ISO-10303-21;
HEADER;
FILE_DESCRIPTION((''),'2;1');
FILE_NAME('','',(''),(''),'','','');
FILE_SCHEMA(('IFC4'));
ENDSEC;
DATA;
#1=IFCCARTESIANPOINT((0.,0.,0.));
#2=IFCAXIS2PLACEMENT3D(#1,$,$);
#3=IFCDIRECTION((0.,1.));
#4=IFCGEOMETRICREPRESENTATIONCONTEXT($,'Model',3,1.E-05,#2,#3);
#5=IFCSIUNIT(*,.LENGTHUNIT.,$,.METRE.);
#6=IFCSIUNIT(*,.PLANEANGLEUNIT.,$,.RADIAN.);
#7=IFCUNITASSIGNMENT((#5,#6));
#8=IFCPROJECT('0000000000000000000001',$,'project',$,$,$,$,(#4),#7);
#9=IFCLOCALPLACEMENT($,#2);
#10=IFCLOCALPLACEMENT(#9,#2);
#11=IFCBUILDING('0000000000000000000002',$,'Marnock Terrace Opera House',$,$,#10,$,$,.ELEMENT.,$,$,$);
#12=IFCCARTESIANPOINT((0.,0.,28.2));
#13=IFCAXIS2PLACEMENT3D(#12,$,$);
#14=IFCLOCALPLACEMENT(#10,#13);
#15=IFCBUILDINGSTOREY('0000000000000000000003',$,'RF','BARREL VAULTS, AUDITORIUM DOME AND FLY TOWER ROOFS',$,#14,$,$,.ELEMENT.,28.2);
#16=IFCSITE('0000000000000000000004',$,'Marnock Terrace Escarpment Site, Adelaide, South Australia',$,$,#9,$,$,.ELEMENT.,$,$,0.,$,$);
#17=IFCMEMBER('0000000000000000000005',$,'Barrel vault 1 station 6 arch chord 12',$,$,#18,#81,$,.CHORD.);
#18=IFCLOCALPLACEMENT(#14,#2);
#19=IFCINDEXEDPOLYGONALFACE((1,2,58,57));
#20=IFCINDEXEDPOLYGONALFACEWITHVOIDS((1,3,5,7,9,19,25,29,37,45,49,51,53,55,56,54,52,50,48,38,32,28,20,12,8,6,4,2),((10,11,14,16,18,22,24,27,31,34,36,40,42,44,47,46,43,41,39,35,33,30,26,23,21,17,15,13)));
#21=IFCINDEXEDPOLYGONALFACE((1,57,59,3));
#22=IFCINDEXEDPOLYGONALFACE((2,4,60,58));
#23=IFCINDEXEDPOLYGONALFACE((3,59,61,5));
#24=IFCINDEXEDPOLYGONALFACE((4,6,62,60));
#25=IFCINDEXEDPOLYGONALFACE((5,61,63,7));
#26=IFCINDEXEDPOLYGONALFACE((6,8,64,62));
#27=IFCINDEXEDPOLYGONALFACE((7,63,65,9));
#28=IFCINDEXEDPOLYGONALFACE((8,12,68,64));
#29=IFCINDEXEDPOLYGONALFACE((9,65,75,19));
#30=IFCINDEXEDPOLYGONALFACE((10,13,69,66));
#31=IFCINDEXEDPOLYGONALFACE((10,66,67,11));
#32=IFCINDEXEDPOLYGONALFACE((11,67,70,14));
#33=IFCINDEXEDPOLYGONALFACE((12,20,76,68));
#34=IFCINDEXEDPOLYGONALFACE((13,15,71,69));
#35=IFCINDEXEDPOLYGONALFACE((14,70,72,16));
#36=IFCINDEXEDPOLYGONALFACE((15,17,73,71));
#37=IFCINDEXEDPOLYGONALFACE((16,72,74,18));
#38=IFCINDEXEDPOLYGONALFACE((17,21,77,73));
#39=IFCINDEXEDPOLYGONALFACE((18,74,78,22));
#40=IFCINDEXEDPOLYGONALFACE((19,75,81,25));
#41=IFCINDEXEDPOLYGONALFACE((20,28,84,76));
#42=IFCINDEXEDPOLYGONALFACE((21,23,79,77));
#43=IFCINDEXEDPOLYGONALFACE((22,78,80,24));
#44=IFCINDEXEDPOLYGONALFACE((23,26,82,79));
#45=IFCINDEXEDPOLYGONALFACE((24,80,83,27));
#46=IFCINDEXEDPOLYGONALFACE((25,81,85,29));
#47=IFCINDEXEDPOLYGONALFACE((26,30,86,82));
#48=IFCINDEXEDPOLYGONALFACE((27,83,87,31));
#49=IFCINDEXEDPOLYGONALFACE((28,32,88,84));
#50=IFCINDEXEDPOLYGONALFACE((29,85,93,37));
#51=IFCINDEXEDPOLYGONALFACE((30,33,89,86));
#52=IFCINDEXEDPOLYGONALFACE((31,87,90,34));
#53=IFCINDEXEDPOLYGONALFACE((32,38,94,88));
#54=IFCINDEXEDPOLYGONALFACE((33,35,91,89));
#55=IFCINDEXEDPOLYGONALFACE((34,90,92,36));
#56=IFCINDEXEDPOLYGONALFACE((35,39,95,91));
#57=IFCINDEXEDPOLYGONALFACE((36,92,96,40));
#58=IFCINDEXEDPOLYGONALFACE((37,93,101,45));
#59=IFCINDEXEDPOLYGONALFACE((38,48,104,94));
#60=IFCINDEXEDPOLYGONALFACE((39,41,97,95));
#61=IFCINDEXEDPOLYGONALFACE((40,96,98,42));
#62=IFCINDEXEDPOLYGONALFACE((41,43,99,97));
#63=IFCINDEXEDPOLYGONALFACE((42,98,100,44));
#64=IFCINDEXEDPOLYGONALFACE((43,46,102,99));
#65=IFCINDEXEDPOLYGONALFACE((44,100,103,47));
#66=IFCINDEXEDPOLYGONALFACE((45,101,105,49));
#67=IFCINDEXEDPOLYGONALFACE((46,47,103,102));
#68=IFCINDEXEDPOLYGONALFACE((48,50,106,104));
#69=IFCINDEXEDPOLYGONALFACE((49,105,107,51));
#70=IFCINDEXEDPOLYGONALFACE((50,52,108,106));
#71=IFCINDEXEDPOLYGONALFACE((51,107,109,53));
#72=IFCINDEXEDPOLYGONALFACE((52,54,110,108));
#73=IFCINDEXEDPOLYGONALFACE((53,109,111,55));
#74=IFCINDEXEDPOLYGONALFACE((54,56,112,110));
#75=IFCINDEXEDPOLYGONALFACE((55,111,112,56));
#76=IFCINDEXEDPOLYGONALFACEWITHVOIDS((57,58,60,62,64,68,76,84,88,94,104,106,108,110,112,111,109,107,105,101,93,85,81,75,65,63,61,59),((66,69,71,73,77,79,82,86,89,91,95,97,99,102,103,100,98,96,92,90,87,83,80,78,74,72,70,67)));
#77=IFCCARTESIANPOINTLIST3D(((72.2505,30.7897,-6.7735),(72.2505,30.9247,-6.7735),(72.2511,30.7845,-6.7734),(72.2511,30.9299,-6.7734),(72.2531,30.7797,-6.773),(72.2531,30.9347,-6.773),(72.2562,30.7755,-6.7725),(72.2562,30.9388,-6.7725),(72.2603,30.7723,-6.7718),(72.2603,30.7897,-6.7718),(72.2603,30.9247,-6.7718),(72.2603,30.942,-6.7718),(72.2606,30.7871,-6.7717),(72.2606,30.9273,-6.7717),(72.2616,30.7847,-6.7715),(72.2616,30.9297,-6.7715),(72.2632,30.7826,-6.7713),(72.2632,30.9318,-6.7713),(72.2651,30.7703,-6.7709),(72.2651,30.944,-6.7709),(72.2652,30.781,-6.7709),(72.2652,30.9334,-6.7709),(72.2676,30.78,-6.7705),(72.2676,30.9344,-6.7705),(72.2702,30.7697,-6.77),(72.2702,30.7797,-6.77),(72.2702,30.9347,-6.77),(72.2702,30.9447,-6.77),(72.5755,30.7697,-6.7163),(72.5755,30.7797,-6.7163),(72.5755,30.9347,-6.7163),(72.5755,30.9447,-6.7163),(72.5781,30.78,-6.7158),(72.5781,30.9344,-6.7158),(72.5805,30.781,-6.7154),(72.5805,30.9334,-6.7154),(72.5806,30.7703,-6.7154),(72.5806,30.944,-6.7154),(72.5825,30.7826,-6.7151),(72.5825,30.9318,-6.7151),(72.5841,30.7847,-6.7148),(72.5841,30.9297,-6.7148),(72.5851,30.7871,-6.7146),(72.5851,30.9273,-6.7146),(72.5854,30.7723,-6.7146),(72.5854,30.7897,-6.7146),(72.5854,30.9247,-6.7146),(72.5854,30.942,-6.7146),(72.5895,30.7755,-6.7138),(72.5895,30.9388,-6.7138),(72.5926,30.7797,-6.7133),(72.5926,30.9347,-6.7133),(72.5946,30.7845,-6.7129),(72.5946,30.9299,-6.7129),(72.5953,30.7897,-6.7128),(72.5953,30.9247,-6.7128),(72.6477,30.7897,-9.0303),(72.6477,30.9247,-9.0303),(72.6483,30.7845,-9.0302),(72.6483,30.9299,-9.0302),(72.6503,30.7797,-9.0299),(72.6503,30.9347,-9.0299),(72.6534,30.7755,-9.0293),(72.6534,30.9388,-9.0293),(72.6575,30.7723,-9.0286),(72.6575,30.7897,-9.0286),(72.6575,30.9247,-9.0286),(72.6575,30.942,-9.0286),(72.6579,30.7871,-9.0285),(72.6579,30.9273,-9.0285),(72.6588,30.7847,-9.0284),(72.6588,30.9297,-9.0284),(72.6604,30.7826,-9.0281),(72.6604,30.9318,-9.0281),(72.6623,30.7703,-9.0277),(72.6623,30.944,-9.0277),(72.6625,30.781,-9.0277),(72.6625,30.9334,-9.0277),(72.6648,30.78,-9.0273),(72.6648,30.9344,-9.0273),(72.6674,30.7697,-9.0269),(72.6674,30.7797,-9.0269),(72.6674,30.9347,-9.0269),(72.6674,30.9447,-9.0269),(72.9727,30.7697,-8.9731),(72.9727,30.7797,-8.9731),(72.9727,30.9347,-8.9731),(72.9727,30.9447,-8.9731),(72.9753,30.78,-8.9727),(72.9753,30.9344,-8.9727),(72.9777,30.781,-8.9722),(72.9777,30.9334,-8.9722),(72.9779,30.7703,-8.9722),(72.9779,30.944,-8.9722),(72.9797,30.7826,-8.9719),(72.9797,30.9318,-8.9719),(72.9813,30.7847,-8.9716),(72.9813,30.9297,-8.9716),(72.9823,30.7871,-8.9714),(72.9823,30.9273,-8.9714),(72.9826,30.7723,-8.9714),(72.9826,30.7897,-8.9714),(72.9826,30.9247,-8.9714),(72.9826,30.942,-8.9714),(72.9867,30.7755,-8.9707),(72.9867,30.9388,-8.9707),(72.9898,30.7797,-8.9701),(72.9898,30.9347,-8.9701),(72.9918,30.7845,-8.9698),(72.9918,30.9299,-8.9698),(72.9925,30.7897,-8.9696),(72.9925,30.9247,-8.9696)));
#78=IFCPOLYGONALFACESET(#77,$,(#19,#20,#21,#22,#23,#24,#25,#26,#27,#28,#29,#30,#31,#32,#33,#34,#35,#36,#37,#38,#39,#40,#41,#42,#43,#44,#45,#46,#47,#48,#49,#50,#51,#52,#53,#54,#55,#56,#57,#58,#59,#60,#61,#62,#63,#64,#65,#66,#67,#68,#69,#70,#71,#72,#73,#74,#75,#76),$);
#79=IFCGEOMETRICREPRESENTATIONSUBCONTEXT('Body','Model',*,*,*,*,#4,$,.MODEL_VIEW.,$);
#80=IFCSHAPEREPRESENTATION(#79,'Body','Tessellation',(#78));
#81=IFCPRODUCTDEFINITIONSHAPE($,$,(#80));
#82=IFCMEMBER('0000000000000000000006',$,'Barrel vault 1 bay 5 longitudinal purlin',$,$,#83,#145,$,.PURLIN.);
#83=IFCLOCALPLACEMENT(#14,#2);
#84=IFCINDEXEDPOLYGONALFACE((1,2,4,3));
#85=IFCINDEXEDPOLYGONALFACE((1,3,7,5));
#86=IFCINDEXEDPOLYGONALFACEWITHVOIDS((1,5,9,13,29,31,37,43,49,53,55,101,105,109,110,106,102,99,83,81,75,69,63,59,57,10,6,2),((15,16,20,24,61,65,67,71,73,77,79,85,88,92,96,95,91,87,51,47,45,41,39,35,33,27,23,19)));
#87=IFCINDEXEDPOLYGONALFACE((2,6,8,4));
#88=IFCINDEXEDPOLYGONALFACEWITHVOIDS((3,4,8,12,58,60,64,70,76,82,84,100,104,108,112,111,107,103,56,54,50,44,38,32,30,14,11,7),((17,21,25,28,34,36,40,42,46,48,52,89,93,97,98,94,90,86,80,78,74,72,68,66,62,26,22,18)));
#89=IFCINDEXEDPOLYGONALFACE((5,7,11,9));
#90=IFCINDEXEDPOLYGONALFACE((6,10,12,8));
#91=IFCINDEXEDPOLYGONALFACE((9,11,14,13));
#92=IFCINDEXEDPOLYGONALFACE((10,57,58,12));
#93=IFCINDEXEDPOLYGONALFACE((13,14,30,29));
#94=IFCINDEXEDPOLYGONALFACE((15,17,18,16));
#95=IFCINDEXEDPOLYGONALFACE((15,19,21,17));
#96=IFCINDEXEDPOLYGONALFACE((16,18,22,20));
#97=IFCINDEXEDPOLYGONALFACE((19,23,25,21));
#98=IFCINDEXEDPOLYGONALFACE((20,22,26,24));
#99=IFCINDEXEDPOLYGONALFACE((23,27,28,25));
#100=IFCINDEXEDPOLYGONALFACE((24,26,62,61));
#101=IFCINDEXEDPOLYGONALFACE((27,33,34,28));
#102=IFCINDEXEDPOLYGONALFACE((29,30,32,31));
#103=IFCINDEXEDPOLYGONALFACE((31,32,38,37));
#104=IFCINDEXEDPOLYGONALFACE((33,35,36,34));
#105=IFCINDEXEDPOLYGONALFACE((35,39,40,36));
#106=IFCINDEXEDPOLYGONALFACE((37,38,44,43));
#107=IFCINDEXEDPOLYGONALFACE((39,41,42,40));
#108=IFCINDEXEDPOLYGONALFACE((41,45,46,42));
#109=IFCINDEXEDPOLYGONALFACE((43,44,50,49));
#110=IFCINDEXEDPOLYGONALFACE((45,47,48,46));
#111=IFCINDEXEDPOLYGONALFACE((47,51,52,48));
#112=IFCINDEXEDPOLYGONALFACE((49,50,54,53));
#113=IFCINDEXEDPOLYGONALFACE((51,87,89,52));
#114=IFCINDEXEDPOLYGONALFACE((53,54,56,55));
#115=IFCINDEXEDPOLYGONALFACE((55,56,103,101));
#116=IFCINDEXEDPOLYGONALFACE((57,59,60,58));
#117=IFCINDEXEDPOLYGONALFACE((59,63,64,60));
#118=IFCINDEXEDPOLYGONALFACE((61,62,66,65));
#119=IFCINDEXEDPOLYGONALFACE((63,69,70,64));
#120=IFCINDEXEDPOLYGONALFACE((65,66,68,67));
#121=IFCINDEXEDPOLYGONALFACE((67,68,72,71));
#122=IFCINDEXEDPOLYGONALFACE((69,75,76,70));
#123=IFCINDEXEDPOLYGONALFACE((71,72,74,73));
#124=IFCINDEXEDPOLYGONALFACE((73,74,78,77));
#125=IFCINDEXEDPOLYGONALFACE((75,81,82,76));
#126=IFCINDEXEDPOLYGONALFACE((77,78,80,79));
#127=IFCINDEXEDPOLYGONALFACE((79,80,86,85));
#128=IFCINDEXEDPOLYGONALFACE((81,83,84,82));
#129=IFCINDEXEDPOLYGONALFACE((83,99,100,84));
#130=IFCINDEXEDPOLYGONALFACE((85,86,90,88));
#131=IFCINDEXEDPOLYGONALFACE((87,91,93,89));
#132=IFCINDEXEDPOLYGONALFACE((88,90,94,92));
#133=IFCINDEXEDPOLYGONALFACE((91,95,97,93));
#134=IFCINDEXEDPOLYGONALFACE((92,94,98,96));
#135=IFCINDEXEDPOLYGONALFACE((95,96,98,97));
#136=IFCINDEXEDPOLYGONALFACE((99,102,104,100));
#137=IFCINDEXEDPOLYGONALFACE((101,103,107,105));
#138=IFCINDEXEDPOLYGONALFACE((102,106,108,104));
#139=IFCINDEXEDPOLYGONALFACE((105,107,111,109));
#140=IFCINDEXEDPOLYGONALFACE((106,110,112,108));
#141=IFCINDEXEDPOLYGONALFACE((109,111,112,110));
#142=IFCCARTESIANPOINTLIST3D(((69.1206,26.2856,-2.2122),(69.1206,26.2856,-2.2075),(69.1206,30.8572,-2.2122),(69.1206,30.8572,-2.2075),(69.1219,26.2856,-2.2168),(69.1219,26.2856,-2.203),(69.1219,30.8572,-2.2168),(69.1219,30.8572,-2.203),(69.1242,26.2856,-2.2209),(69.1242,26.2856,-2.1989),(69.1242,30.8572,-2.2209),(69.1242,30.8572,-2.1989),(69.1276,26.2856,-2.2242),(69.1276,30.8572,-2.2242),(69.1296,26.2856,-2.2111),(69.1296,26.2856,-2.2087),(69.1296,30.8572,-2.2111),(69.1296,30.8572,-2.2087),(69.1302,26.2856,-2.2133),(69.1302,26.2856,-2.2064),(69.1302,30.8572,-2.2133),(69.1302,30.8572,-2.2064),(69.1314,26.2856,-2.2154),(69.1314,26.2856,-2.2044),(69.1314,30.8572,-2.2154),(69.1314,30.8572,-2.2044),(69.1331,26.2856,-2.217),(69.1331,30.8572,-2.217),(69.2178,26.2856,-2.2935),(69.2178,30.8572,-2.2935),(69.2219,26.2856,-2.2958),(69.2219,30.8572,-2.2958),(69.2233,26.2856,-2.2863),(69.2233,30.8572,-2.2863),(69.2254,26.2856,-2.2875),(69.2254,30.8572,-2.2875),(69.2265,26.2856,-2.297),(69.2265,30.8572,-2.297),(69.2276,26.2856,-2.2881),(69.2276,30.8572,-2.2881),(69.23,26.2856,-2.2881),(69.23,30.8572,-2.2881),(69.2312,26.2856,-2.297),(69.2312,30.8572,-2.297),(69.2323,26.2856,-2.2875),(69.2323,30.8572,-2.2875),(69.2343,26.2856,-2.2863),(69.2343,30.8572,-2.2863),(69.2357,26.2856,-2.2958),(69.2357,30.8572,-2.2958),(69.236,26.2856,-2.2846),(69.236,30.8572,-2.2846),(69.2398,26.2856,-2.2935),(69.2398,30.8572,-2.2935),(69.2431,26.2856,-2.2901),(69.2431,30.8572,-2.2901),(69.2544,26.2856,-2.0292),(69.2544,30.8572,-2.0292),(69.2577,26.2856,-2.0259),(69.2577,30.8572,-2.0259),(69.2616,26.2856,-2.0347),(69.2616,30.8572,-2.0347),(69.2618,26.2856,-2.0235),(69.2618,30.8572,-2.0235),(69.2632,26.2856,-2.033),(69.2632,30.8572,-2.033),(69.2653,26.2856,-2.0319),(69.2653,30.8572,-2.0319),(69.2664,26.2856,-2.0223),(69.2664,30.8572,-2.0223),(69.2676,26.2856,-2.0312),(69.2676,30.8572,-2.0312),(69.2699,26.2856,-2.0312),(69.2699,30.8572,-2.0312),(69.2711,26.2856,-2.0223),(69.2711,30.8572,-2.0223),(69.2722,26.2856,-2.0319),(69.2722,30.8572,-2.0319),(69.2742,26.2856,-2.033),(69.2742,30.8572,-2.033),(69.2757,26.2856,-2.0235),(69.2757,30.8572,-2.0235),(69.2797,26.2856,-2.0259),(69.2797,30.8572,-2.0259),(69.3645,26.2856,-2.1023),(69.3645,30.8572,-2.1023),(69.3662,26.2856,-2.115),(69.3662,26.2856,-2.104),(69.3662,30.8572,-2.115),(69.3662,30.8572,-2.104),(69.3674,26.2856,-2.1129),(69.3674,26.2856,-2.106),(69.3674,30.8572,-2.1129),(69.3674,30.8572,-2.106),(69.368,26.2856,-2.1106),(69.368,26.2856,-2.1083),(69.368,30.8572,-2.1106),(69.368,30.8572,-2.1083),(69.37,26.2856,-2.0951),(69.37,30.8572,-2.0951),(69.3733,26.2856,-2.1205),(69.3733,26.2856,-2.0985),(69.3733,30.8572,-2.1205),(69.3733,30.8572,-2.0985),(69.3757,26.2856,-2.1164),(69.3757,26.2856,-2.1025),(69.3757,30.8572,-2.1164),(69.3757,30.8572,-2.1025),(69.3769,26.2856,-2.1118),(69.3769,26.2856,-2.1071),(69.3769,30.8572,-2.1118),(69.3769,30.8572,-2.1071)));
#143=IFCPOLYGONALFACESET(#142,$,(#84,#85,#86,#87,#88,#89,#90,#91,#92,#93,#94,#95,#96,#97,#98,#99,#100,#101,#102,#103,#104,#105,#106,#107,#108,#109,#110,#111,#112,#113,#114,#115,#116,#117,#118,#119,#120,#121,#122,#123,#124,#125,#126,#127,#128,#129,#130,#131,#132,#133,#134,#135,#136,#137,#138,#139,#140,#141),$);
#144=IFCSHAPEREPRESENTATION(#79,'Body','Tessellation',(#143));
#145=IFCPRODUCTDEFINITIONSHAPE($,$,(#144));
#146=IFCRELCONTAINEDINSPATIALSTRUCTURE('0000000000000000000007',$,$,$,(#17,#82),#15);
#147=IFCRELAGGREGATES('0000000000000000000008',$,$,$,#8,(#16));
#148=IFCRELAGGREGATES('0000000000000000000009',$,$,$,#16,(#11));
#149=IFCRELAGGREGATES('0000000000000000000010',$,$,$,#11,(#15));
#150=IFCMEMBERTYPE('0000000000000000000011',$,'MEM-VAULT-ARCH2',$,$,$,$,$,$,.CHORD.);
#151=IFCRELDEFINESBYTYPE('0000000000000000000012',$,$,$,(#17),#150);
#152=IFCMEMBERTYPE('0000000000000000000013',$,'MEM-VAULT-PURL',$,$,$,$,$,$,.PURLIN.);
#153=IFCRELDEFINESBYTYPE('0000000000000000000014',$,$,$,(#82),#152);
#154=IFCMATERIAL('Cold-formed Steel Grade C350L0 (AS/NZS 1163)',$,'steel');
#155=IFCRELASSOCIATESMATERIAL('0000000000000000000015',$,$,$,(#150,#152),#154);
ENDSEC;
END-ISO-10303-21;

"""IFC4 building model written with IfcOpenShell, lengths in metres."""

from ifc_helpers import new_model, si_unit, direction, frame, origin, origin_2d, place, context, subcontext, project, spatial, hollow_rectangle, extrude, material, material_profile, profile_set, type_object, element, save


model = new_model("IFC4")

# Units and contexts
model_context = context("Model", 3, precision=1e-05, world=origin(), true_north=direction((0.0, 1.0)))
body_context = subcontext(model_context, "Body", "Model", "MODEL_VIEW")
ifc_project = project(units=[si_unit("LENGTHUNIT", "METRE"), si_unit("PLANEANGLEUNIT", "RADIAN")], contexts=[model_context])

# Site, building, storey
site_placement = place(None, origin())
site = spatial("IfcSite", under=ifc_project, at=site_placement, Name="Marnock Terrace Escarpment Site, Adelaide, South Australia", CompositionType="ELEMENT", RefElevation=0.0)
building_placement = place(site_placement, origin())
building = spatial("IfcBuilding", under=site, at=building_placement, Name="Marnock Terrace Opera House", CompositionType="ELEMENT")
storey_placement = place(building_placement, frame((0.0, 0.0, 28.2)))
storey = spatial("IfcBuildingStorey", under=building, at=storey_placement, Name="RF", Description="BARREL VAULTS, AUDITORIUM DOME AND FLY TOWER ROOFS", CompositionType="ELEMENT", Elevation=28.2)

# Members
ifc_material = material(Name="Cold-formed Steel Grade C350L0 (AS/NZS 1163)", Category="steel")
ifc_material_profile_1 = material_profile(ifc_material, hollow_rectangle(XDim=0.175, YDim=0.3501, WallThickness=0.01, InnerFilletRadius=0.01, OuterFilletRadius=0.02, at=origin_2d()))
ifc_profile_set_1 = profile_set([ifc_material_profile_1], Name="Cold-formed Steel Grade C350L0 (AS/NZS 1163)")
member_type_1 = type_object("IfcMemberType", Name="MEM-VAULT-ARCH2", PredefinedType="CHORD", material=ifc_profile_set_1)
member_1_placement = place(storey_placement, frame((72.4229, 30.8572, -6.7432), z_axis=(0.173342, 0.0, -0.984862), x_axis=(0.0, 1.0, 0.0)))
element("IfcMember", 1, at=member_1_placement, inside=storey, type_object=member_type_1, Name="Barrel vault 1 station 6 arch chord 12", PredefinedType="CHORD", context=body_context, shape_type="SweptSolid", body=[
    extrude(hollow_rectangle(XDim=0.175, YDim=0.3501, WallThickness=0.01, InnerFilletRadius=0.01, OuterFilletRadius=0.02, at=origin_2d()), origin(), (0.0, 0.0, 1.0), 2.2915),
])
ifc_material_profile_2 = material_profile(ifc_material, hollow_rectangle(XDim=0.1499, YDim=0.25, WallThickness=0.009, InnerFilletRadius=0.009, OuterFilletRadius=0.0181, at=origin_2d()))
ifc_profile_set_2 = profile_set([ifc_material_profile_2], Name="Cold-formed Steel Grade C350L0 (AS/NZS 1163)")
member_type_2 = type_object("IfcMemberType", Name="MEM-VAULT-PURL", PredefinedType="PURLIN", material=ifc_profile_set_2)
for number, where, z_axis, x_axis, name in (
    (2, (69.2488, 26.2856, -2.1597), (0.0, 1.0, 0.0), (-0.793353, 0.0, 0.608761), "Barrel vault 1 bay 5 longitudinal purlin"),
):
    element("IfcMember", number, at=place(storey_placement, frame(where, z_axis=z_axis, x_axis=x_axis)), inside=storey, type_object=member_type_2, Name=name, PredefinedType="PURLIN", context=body_context, shape_type="SweptSolid", body=[
        extrude(hollow_rectangle(XDim=0.1499, YDim=0.25, WallThickness=0.009, InnerFilletRadius=0.009, OuterFilletRadius=0.0181, at=origin_2d()), origin(), (0.0, 0.0, 1.0), 4.5715),
    ])

save(model, "model.ifc")
